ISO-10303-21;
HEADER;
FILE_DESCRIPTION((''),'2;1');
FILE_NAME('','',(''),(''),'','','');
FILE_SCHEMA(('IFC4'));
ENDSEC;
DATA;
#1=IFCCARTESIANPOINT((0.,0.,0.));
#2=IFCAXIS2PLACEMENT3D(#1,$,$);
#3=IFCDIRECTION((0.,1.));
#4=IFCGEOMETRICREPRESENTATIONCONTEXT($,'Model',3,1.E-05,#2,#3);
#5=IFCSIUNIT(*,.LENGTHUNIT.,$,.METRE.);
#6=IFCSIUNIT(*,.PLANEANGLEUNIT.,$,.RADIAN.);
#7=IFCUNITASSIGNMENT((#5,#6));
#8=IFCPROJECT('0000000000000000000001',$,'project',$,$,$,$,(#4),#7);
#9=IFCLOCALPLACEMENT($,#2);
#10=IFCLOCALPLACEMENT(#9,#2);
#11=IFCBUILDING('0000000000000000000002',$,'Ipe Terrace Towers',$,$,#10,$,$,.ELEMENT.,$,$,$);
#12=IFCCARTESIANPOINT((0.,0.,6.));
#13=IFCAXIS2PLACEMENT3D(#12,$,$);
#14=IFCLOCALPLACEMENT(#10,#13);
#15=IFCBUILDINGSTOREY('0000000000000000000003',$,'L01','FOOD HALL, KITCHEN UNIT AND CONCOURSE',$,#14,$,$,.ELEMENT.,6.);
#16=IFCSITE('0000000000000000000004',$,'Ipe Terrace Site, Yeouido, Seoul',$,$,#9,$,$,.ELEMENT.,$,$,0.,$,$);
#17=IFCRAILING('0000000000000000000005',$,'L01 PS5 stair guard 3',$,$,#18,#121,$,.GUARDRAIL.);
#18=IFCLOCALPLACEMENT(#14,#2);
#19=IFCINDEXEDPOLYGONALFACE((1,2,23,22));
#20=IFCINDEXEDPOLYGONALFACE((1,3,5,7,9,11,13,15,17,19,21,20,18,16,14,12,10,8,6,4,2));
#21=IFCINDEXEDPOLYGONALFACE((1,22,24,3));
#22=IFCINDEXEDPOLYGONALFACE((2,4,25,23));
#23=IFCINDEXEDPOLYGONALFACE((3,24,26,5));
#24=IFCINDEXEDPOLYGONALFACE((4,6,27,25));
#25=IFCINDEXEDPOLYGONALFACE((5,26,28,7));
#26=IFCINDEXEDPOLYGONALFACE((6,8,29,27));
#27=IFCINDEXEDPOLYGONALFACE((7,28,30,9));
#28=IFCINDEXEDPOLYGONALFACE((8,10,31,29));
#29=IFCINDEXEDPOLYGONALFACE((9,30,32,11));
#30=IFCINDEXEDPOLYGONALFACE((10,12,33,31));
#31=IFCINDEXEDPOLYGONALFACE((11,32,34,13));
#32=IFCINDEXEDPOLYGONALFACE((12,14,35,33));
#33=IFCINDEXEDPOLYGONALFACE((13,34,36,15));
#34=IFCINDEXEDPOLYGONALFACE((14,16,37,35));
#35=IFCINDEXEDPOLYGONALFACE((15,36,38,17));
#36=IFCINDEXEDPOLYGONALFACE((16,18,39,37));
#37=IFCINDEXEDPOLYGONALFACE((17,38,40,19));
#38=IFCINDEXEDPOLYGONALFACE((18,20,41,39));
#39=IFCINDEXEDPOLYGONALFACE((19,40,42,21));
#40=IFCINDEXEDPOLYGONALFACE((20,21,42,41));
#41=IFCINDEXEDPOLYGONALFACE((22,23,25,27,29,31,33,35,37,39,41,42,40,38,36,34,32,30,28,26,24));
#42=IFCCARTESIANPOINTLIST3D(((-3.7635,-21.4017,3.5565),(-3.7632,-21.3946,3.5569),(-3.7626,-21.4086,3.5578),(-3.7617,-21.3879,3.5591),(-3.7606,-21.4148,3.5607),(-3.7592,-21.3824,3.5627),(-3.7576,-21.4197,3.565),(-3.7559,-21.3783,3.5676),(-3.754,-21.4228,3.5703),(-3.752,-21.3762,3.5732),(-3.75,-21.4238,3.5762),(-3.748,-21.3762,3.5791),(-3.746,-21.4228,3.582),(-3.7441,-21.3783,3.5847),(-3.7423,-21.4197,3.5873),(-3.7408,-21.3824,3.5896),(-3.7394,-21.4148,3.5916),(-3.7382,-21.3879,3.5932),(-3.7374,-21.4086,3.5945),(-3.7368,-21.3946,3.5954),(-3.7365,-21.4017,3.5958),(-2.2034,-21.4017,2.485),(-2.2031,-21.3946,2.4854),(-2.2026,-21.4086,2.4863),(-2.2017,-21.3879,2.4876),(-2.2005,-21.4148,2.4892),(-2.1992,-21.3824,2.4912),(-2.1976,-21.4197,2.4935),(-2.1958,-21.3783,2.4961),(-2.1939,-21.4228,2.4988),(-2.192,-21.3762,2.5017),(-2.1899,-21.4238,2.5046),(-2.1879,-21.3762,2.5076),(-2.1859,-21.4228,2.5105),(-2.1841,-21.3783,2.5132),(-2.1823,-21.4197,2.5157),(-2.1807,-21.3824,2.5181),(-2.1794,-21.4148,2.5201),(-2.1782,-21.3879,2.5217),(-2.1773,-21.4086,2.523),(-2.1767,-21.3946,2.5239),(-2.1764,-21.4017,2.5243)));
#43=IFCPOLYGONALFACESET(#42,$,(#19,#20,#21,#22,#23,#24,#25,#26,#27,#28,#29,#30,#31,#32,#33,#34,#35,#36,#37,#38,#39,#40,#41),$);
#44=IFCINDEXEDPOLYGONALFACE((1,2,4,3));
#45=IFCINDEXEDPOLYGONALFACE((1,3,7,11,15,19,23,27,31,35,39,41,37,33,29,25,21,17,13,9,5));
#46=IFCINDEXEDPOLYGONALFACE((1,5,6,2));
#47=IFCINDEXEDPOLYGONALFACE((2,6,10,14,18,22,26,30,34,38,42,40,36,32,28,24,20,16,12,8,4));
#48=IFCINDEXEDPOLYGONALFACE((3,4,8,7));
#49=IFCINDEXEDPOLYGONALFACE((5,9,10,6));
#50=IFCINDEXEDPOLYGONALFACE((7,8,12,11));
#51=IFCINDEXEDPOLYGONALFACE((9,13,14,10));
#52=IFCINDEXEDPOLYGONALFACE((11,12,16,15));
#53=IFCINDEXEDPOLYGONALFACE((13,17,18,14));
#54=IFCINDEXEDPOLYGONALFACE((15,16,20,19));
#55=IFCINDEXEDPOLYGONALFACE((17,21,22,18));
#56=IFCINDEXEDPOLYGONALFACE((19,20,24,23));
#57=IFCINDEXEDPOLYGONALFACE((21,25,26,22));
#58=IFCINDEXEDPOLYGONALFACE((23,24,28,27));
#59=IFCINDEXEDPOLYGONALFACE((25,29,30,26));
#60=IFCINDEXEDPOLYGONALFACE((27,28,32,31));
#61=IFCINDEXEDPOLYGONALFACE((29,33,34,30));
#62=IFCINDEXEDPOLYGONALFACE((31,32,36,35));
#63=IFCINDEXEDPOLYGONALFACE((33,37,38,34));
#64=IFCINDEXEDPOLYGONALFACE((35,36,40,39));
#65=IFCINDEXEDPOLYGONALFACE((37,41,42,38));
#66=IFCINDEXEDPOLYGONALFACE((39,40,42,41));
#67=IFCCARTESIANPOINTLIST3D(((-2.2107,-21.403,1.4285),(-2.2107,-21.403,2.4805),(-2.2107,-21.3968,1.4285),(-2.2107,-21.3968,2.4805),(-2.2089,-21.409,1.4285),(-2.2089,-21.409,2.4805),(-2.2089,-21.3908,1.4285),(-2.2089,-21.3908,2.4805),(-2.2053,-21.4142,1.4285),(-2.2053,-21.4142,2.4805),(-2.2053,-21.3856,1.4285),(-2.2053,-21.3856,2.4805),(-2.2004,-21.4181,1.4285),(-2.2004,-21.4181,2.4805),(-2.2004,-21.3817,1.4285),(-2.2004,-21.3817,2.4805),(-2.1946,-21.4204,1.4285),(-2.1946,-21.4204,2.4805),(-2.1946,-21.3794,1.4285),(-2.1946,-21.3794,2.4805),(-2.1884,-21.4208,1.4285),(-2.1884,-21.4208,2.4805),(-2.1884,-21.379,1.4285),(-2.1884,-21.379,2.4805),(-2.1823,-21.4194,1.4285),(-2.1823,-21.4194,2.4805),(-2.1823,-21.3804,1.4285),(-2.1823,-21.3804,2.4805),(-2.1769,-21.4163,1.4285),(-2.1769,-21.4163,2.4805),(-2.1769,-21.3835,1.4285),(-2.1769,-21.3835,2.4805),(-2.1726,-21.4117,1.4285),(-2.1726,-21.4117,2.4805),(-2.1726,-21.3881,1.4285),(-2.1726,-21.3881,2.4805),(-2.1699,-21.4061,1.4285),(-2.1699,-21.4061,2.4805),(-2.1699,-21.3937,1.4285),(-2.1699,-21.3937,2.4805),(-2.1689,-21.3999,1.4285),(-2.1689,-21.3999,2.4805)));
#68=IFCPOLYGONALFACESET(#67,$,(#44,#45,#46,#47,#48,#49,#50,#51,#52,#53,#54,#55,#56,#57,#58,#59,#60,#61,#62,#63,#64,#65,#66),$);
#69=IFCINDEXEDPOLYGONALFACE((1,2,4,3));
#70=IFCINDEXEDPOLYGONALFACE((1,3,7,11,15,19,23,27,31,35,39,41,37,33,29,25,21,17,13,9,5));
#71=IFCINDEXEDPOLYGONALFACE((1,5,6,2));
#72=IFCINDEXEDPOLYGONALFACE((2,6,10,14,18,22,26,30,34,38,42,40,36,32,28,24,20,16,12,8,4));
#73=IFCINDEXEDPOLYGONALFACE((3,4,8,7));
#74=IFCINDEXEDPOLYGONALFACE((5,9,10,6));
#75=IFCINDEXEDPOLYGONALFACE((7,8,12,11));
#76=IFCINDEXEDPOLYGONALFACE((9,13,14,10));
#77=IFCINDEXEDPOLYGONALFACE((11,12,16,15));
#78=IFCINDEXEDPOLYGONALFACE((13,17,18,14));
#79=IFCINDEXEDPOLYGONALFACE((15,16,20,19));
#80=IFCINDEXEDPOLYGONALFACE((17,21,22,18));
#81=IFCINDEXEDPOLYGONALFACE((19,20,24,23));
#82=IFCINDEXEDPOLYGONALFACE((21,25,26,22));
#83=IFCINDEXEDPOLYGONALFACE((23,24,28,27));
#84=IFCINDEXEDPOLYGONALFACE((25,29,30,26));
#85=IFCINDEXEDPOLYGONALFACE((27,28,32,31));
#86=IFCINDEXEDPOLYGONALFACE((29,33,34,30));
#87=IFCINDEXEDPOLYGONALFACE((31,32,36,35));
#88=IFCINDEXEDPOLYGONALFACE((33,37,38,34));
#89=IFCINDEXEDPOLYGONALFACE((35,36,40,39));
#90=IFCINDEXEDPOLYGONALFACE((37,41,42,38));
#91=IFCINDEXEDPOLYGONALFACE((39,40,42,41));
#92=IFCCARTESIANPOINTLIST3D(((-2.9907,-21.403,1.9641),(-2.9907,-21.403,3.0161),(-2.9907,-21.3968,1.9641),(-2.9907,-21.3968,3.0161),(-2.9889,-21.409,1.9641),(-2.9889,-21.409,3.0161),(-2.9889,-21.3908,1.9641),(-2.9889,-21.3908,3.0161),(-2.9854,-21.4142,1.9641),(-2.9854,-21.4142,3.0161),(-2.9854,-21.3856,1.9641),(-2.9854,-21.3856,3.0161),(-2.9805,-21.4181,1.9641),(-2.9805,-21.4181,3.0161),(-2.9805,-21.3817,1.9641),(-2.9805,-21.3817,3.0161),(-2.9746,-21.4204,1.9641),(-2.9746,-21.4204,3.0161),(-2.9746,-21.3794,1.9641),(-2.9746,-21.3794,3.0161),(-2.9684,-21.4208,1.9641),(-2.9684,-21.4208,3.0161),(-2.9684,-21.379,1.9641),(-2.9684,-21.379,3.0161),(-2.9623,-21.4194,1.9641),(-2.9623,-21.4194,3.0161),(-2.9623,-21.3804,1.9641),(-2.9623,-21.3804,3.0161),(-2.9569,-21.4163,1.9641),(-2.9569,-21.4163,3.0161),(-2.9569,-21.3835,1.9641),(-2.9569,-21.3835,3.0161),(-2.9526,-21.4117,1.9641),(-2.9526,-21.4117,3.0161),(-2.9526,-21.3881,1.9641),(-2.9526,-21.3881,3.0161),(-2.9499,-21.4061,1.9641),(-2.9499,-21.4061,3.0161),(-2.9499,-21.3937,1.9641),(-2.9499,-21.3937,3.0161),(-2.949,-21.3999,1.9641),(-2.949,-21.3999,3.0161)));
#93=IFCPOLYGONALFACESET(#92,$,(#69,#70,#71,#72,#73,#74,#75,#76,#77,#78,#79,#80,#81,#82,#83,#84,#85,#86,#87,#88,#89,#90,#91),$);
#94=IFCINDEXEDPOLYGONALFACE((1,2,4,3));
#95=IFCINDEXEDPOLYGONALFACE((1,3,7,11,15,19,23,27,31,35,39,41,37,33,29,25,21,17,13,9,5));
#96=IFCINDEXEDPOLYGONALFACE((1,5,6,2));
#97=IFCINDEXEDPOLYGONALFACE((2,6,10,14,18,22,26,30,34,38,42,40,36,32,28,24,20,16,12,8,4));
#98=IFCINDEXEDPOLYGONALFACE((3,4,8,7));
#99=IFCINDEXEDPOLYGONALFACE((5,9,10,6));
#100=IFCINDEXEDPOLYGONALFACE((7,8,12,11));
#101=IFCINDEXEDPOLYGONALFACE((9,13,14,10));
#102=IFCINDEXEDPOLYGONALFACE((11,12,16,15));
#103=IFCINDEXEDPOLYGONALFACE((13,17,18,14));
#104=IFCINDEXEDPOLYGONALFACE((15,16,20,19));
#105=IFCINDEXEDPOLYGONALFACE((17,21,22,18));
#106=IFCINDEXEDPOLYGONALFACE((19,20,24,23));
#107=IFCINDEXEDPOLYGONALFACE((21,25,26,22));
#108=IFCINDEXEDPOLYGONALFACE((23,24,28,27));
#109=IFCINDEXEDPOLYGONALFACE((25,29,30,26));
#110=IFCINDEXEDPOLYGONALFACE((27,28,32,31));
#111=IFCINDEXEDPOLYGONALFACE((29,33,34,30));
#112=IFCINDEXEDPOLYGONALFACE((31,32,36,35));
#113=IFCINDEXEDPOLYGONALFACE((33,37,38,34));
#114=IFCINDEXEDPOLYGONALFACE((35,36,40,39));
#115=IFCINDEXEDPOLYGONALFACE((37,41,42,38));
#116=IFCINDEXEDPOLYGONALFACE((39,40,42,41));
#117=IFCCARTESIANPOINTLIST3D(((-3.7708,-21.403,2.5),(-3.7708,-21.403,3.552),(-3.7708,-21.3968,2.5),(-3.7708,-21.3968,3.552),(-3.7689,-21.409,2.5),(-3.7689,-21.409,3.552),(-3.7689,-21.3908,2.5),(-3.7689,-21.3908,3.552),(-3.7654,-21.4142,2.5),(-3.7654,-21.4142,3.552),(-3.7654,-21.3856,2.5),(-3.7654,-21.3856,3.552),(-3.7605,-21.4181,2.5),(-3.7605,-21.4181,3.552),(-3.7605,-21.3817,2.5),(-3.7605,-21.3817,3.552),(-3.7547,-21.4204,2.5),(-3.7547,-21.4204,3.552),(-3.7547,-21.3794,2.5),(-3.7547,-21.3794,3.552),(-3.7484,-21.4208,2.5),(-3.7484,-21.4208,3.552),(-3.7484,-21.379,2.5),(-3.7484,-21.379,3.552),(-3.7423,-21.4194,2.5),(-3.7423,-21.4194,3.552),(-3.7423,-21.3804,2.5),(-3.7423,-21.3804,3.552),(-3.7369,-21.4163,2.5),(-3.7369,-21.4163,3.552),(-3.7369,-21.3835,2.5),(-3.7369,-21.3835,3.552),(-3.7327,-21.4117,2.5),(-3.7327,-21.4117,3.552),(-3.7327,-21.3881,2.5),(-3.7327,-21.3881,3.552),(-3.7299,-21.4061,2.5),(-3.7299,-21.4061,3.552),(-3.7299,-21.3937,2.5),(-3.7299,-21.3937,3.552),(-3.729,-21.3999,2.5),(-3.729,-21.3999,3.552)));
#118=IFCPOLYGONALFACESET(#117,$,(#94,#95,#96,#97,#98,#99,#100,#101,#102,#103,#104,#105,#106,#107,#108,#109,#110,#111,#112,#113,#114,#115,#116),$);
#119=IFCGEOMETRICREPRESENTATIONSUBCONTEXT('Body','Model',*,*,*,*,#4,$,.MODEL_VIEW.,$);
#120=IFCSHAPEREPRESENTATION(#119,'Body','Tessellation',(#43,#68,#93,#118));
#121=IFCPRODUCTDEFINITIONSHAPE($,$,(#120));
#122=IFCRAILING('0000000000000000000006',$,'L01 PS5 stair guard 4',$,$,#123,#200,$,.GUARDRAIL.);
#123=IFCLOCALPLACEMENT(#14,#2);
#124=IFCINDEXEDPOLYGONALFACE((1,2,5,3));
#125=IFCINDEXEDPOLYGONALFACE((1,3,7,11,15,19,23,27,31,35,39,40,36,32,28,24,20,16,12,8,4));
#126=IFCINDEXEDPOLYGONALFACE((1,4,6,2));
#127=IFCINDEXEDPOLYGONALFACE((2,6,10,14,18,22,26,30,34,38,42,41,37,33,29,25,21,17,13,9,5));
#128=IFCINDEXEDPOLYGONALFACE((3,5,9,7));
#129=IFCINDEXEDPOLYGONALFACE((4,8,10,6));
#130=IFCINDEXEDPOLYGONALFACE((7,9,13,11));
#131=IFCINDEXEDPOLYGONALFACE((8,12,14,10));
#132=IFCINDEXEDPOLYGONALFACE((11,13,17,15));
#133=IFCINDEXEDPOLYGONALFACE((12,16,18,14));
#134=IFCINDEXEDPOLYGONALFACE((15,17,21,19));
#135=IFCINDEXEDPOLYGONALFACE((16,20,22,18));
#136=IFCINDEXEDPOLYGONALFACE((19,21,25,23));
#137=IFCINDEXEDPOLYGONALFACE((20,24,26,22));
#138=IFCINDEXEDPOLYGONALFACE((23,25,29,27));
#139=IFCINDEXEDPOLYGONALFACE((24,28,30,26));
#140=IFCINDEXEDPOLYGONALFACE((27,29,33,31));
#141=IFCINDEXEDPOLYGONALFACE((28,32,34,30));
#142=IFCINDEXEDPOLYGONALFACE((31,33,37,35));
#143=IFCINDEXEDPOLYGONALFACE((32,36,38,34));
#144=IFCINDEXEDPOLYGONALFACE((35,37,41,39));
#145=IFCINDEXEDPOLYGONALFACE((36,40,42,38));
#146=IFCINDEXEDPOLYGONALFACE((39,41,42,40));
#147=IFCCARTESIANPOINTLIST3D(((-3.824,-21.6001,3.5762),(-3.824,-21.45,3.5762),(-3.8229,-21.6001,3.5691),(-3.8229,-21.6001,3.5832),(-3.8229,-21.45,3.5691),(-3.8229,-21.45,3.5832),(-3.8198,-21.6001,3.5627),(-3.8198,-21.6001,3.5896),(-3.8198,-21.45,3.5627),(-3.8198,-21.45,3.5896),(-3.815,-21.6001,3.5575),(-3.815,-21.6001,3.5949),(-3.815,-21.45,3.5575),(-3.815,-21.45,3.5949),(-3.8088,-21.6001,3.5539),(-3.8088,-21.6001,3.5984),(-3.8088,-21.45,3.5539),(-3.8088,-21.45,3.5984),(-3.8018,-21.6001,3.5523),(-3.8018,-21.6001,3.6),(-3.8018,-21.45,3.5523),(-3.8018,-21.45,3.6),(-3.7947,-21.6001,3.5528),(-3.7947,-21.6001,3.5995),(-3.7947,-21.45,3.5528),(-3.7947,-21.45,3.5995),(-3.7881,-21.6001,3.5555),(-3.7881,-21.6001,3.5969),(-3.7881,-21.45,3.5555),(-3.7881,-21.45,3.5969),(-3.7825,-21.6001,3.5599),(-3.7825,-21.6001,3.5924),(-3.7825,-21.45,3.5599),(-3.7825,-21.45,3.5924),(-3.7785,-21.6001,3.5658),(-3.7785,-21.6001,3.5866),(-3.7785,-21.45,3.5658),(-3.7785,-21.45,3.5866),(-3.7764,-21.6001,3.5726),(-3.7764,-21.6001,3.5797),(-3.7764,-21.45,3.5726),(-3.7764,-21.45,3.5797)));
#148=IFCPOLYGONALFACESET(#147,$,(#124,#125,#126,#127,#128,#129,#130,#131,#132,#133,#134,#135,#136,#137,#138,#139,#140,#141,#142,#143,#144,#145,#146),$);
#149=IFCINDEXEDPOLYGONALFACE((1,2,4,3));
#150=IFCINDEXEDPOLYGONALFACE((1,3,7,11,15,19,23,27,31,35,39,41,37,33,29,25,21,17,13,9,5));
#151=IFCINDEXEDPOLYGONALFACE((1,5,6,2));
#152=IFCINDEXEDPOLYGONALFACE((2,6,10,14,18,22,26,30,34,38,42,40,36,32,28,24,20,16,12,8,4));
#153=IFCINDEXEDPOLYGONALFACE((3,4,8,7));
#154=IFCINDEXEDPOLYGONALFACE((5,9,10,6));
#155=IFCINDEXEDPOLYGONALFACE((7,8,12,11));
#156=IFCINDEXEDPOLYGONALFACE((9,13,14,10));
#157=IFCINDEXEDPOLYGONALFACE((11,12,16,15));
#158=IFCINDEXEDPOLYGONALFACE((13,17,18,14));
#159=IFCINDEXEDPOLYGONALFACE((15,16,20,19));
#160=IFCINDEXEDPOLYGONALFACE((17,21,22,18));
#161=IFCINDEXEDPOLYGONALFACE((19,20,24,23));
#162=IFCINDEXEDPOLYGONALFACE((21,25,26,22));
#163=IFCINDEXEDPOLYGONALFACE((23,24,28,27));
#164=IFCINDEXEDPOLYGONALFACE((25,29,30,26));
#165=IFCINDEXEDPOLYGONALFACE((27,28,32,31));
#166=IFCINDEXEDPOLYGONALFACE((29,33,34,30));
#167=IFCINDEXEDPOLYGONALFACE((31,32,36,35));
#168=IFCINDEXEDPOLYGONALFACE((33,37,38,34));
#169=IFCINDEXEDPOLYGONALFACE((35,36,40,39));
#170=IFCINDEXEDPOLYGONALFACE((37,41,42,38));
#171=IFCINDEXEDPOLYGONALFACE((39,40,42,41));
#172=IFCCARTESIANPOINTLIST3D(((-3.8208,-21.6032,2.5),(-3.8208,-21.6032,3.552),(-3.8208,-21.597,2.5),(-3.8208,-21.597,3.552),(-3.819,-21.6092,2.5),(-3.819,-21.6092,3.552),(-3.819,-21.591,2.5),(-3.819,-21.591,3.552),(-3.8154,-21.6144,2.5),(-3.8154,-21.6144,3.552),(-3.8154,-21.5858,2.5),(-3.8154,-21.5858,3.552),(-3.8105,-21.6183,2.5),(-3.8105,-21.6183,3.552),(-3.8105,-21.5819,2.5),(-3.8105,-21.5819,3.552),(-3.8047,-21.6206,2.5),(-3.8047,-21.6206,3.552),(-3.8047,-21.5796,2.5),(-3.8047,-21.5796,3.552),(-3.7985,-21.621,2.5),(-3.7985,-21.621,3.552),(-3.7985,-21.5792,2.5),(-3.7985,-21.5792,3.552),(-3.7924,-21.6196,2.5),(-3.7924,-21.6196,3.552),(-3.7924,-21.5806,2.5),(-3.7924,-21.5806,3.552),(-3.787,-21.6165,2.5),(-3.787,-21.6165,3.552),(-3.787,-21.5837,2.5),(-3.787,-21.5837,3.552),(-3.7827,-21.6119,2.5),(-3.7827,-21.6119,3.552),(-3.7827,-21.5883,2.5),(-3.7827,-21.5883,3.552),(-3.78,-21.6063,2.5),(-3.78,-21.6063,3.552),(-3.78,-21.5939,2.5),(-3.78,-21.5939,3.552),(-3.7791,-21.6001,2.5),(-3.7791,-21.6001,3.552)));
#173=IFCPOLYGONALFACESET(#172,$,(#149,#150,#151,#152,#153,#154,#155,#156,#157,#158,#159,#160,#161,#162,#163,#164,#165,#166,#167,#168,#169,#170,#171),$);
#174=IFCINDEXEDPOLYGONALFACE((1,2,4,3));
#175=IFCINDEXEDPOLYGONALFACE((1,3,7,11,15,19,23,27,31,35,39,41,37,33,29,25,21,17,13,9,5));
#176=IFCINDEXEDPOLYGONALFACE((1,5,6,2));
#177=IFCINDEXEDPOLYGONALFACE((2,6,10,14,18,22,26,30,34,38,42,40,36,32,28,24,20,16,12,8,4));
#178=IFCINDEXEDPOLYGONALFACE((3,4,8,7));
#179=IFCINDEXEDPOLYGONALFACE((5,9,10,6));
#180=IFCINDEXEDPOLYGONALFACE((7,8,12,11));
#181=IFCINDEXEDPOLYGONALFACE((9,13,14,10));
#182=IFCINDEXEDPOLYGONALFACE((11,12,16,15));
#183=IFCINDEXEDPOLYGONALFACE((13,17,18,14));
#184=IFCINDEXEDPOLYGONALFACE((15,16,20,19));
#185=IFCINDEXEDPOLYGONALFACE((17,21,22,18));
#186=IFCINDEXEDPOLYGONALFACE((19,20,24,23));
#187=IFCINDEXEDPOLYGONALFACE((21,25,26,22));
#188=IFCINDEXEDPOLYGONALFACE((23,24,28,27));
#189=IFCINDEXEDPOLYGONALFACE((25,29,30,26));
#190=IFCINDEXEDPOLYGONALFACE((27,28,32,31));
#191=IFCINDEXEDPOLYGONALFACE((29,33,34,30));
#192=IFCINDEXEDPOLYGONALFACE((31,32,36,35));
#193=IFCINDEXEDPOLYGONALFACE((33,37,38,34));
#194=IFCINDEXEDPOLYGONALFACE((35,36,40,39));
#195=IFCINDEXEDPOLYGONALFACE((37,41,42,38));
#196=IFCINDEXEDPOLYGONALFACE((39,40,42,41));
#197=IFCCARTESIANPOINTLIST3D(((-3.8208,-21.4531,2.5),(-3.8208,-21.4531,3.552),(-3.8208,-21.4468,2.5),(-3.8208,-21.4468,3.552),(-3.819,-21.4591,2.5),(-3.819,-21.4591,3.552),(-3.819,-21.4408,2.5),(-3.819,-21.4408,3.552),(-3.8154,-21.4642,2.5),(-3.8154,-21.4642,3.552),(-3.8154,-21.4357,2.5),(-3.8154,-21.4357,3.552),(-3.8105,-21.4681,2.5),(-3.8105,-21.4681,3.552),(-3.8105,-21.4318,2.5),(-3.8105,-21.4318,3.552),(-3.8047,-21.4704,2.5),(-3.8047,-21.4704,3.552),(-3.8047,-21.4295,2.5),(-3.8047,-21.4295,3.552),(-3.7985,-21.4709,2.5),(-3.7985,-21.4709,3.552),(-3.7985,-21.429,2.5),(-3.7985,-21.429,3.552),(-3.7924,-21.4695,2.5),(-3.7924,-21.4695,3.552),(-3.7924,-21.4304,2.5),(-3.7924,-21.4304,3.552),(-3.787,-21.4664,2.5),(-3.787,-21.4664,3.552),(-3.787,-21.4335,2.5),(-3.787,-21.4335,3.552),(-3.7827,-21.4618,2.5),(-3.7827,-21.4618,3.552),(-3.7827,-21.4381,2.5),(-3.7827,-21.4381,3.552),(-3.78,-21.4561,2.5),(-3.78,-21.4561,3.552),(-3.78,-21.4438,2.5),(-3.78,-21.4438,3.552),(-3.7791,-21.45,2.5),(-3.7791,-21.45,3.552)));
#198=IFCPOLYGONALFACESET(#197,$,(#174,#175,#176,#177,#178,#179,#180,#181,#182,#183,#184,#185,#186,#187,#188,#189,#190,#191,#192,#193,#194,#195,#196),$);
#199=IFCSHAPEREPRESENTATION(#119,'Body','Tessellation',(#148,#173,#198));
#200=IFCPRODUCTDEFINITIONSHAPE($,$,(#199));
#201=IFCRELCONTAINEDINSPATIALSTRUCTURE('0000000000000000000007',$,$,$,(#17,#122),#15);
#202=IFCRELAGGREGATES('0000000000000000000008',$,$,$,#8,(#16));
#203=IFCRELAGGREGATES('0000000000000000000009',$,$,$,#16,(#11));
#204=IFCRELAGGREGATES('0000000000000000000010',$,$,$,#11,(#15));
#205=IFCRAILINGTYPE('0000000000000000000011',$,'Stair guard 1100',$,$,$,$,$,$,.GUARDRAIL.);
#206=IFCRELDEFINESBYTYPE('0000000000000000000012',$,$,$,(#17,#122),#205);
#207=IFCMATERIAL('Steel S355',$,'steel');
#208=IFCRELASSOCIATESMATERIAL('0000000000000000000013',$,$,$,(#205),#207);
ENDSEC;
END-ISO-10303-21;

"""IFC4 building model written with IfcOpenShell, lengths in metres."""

from ifc_helpers import new_model, si_unit, direction, frame, origin, origin_2d, place, context, subcontext, project, spatial, circle, extrude, material, type_object, element, save


model = new_model("IFC4")

# Units and contexts
model_context = context("Model", 3, precision=1e-05, world=origin(), true_north=direction((0.0, 1.0)))
body_context = subcontext(model_context, "Body", "Model", "MODEL_VIEW")
ifc_project = project(units=[si_unit("LENGTHUNIT", "METRE"), si_unit("PLANEANGLEUNIT", "RADIAN")], contexts=[model_context])

# Site, building, storey
site_placement = place(None, origin())
site = spatial("IfcSite", under=ifc_project, at=site_placement, Name="Ipe Terrace Site, Yeouido, Seoul", CompositionType="ELEMENT", RefElevation=0.0)
building_placement = place(site_placement, origin())
building = spatial("IfcBuilding", under=site, at=building_placement, Name="Ipe Terrace Towers", CompositionType="ELEMENT")
storey_placement = place(building_placement, frame((0.0, 0.0, 6.0)))
storey = spatial("IfcBuildingStorey", under=building, at=storey_placement, Name="L01", Description="FOOD HALL, KITCHEN UNIT AND CONCOURSE", CompositionType="ELEMENT", Elevation=6.0)

# Railings
ifc_material_1 = material(Name="Steel S355", Category="steel")
railing_type_1 = type_object("IfcRailingType", Name="Stair guard 1100", PredefinedType="GUARDRAIL", material=ifc_material_1)
railing_1_placement = place(storey_placement, frame((-2.1899, -21.3999, 1.4285)))
element("IfcRailing", 1, at=railing_1_placement, inside=storey, type_object=railing_type_1, Name="L01 PS5 stair guard 3", PredefinedType="GUARDRAIL", context=body_context, shape_type="SweptSolid", body=[
    extrude(circle(Radius=0.0239, at=origin_2d()), frame((0.0, 0.0, 1.0762), z_axis=(-0.82429, 0.0, 0.566167), x_axis=(0.0, -1.0, 0.0)), (0.0, 0.0, 1.0), 1.8926),
    extrude(circle(Radius=0.021, at=origin_2d()), origin(), (0.0, 0.0, 1.0), 1.052),
    extrude(circle(Radius=0.021, at=origin_2d()), frame((-0.78, 0.0, 0.5356)), (0.0, 0.0, 1.0), 1.052),
    extrude(circle(Radius=0.021, at=origin_2d()), frame((-1.5601, 0.0, 1.0715)), (0.0, 0.0, 1.0), 1.052),
])
railing_2_placement = place(storey_placement, frame((-3.8, -21.6001, 2.5)))
element("IfcRailing", 2, at=railing_2_placement, inside=storey, type_object=railing_type_1, Name="L01 PS5 stair guard 4", PredefinedType="GUARDRAIL", context=body_context, shape_type="SweptSolid", body=[
    extrude(circle(Radius=0.0239, at=origin_2d()), frame((0.0, 0.0, 1.0762), z_axis=(0.0, 1.0, 0.0), x_axis=(-1.0, 0.0, 0.0)), (0.0, 0.0, 1.0), 0.1501),
    extrude(circle(Radius=0.021, at=origin_2d()), origin(), (0.0, 0.0, 1.0), 1.052),
    extrude(circle(Radius=0.021, at=origin_2d()), frame((0.0, 0.1501, 0.0)), (0.0, 0.0, 1.0), 1.052),
])

save(model, "model.ifc")
